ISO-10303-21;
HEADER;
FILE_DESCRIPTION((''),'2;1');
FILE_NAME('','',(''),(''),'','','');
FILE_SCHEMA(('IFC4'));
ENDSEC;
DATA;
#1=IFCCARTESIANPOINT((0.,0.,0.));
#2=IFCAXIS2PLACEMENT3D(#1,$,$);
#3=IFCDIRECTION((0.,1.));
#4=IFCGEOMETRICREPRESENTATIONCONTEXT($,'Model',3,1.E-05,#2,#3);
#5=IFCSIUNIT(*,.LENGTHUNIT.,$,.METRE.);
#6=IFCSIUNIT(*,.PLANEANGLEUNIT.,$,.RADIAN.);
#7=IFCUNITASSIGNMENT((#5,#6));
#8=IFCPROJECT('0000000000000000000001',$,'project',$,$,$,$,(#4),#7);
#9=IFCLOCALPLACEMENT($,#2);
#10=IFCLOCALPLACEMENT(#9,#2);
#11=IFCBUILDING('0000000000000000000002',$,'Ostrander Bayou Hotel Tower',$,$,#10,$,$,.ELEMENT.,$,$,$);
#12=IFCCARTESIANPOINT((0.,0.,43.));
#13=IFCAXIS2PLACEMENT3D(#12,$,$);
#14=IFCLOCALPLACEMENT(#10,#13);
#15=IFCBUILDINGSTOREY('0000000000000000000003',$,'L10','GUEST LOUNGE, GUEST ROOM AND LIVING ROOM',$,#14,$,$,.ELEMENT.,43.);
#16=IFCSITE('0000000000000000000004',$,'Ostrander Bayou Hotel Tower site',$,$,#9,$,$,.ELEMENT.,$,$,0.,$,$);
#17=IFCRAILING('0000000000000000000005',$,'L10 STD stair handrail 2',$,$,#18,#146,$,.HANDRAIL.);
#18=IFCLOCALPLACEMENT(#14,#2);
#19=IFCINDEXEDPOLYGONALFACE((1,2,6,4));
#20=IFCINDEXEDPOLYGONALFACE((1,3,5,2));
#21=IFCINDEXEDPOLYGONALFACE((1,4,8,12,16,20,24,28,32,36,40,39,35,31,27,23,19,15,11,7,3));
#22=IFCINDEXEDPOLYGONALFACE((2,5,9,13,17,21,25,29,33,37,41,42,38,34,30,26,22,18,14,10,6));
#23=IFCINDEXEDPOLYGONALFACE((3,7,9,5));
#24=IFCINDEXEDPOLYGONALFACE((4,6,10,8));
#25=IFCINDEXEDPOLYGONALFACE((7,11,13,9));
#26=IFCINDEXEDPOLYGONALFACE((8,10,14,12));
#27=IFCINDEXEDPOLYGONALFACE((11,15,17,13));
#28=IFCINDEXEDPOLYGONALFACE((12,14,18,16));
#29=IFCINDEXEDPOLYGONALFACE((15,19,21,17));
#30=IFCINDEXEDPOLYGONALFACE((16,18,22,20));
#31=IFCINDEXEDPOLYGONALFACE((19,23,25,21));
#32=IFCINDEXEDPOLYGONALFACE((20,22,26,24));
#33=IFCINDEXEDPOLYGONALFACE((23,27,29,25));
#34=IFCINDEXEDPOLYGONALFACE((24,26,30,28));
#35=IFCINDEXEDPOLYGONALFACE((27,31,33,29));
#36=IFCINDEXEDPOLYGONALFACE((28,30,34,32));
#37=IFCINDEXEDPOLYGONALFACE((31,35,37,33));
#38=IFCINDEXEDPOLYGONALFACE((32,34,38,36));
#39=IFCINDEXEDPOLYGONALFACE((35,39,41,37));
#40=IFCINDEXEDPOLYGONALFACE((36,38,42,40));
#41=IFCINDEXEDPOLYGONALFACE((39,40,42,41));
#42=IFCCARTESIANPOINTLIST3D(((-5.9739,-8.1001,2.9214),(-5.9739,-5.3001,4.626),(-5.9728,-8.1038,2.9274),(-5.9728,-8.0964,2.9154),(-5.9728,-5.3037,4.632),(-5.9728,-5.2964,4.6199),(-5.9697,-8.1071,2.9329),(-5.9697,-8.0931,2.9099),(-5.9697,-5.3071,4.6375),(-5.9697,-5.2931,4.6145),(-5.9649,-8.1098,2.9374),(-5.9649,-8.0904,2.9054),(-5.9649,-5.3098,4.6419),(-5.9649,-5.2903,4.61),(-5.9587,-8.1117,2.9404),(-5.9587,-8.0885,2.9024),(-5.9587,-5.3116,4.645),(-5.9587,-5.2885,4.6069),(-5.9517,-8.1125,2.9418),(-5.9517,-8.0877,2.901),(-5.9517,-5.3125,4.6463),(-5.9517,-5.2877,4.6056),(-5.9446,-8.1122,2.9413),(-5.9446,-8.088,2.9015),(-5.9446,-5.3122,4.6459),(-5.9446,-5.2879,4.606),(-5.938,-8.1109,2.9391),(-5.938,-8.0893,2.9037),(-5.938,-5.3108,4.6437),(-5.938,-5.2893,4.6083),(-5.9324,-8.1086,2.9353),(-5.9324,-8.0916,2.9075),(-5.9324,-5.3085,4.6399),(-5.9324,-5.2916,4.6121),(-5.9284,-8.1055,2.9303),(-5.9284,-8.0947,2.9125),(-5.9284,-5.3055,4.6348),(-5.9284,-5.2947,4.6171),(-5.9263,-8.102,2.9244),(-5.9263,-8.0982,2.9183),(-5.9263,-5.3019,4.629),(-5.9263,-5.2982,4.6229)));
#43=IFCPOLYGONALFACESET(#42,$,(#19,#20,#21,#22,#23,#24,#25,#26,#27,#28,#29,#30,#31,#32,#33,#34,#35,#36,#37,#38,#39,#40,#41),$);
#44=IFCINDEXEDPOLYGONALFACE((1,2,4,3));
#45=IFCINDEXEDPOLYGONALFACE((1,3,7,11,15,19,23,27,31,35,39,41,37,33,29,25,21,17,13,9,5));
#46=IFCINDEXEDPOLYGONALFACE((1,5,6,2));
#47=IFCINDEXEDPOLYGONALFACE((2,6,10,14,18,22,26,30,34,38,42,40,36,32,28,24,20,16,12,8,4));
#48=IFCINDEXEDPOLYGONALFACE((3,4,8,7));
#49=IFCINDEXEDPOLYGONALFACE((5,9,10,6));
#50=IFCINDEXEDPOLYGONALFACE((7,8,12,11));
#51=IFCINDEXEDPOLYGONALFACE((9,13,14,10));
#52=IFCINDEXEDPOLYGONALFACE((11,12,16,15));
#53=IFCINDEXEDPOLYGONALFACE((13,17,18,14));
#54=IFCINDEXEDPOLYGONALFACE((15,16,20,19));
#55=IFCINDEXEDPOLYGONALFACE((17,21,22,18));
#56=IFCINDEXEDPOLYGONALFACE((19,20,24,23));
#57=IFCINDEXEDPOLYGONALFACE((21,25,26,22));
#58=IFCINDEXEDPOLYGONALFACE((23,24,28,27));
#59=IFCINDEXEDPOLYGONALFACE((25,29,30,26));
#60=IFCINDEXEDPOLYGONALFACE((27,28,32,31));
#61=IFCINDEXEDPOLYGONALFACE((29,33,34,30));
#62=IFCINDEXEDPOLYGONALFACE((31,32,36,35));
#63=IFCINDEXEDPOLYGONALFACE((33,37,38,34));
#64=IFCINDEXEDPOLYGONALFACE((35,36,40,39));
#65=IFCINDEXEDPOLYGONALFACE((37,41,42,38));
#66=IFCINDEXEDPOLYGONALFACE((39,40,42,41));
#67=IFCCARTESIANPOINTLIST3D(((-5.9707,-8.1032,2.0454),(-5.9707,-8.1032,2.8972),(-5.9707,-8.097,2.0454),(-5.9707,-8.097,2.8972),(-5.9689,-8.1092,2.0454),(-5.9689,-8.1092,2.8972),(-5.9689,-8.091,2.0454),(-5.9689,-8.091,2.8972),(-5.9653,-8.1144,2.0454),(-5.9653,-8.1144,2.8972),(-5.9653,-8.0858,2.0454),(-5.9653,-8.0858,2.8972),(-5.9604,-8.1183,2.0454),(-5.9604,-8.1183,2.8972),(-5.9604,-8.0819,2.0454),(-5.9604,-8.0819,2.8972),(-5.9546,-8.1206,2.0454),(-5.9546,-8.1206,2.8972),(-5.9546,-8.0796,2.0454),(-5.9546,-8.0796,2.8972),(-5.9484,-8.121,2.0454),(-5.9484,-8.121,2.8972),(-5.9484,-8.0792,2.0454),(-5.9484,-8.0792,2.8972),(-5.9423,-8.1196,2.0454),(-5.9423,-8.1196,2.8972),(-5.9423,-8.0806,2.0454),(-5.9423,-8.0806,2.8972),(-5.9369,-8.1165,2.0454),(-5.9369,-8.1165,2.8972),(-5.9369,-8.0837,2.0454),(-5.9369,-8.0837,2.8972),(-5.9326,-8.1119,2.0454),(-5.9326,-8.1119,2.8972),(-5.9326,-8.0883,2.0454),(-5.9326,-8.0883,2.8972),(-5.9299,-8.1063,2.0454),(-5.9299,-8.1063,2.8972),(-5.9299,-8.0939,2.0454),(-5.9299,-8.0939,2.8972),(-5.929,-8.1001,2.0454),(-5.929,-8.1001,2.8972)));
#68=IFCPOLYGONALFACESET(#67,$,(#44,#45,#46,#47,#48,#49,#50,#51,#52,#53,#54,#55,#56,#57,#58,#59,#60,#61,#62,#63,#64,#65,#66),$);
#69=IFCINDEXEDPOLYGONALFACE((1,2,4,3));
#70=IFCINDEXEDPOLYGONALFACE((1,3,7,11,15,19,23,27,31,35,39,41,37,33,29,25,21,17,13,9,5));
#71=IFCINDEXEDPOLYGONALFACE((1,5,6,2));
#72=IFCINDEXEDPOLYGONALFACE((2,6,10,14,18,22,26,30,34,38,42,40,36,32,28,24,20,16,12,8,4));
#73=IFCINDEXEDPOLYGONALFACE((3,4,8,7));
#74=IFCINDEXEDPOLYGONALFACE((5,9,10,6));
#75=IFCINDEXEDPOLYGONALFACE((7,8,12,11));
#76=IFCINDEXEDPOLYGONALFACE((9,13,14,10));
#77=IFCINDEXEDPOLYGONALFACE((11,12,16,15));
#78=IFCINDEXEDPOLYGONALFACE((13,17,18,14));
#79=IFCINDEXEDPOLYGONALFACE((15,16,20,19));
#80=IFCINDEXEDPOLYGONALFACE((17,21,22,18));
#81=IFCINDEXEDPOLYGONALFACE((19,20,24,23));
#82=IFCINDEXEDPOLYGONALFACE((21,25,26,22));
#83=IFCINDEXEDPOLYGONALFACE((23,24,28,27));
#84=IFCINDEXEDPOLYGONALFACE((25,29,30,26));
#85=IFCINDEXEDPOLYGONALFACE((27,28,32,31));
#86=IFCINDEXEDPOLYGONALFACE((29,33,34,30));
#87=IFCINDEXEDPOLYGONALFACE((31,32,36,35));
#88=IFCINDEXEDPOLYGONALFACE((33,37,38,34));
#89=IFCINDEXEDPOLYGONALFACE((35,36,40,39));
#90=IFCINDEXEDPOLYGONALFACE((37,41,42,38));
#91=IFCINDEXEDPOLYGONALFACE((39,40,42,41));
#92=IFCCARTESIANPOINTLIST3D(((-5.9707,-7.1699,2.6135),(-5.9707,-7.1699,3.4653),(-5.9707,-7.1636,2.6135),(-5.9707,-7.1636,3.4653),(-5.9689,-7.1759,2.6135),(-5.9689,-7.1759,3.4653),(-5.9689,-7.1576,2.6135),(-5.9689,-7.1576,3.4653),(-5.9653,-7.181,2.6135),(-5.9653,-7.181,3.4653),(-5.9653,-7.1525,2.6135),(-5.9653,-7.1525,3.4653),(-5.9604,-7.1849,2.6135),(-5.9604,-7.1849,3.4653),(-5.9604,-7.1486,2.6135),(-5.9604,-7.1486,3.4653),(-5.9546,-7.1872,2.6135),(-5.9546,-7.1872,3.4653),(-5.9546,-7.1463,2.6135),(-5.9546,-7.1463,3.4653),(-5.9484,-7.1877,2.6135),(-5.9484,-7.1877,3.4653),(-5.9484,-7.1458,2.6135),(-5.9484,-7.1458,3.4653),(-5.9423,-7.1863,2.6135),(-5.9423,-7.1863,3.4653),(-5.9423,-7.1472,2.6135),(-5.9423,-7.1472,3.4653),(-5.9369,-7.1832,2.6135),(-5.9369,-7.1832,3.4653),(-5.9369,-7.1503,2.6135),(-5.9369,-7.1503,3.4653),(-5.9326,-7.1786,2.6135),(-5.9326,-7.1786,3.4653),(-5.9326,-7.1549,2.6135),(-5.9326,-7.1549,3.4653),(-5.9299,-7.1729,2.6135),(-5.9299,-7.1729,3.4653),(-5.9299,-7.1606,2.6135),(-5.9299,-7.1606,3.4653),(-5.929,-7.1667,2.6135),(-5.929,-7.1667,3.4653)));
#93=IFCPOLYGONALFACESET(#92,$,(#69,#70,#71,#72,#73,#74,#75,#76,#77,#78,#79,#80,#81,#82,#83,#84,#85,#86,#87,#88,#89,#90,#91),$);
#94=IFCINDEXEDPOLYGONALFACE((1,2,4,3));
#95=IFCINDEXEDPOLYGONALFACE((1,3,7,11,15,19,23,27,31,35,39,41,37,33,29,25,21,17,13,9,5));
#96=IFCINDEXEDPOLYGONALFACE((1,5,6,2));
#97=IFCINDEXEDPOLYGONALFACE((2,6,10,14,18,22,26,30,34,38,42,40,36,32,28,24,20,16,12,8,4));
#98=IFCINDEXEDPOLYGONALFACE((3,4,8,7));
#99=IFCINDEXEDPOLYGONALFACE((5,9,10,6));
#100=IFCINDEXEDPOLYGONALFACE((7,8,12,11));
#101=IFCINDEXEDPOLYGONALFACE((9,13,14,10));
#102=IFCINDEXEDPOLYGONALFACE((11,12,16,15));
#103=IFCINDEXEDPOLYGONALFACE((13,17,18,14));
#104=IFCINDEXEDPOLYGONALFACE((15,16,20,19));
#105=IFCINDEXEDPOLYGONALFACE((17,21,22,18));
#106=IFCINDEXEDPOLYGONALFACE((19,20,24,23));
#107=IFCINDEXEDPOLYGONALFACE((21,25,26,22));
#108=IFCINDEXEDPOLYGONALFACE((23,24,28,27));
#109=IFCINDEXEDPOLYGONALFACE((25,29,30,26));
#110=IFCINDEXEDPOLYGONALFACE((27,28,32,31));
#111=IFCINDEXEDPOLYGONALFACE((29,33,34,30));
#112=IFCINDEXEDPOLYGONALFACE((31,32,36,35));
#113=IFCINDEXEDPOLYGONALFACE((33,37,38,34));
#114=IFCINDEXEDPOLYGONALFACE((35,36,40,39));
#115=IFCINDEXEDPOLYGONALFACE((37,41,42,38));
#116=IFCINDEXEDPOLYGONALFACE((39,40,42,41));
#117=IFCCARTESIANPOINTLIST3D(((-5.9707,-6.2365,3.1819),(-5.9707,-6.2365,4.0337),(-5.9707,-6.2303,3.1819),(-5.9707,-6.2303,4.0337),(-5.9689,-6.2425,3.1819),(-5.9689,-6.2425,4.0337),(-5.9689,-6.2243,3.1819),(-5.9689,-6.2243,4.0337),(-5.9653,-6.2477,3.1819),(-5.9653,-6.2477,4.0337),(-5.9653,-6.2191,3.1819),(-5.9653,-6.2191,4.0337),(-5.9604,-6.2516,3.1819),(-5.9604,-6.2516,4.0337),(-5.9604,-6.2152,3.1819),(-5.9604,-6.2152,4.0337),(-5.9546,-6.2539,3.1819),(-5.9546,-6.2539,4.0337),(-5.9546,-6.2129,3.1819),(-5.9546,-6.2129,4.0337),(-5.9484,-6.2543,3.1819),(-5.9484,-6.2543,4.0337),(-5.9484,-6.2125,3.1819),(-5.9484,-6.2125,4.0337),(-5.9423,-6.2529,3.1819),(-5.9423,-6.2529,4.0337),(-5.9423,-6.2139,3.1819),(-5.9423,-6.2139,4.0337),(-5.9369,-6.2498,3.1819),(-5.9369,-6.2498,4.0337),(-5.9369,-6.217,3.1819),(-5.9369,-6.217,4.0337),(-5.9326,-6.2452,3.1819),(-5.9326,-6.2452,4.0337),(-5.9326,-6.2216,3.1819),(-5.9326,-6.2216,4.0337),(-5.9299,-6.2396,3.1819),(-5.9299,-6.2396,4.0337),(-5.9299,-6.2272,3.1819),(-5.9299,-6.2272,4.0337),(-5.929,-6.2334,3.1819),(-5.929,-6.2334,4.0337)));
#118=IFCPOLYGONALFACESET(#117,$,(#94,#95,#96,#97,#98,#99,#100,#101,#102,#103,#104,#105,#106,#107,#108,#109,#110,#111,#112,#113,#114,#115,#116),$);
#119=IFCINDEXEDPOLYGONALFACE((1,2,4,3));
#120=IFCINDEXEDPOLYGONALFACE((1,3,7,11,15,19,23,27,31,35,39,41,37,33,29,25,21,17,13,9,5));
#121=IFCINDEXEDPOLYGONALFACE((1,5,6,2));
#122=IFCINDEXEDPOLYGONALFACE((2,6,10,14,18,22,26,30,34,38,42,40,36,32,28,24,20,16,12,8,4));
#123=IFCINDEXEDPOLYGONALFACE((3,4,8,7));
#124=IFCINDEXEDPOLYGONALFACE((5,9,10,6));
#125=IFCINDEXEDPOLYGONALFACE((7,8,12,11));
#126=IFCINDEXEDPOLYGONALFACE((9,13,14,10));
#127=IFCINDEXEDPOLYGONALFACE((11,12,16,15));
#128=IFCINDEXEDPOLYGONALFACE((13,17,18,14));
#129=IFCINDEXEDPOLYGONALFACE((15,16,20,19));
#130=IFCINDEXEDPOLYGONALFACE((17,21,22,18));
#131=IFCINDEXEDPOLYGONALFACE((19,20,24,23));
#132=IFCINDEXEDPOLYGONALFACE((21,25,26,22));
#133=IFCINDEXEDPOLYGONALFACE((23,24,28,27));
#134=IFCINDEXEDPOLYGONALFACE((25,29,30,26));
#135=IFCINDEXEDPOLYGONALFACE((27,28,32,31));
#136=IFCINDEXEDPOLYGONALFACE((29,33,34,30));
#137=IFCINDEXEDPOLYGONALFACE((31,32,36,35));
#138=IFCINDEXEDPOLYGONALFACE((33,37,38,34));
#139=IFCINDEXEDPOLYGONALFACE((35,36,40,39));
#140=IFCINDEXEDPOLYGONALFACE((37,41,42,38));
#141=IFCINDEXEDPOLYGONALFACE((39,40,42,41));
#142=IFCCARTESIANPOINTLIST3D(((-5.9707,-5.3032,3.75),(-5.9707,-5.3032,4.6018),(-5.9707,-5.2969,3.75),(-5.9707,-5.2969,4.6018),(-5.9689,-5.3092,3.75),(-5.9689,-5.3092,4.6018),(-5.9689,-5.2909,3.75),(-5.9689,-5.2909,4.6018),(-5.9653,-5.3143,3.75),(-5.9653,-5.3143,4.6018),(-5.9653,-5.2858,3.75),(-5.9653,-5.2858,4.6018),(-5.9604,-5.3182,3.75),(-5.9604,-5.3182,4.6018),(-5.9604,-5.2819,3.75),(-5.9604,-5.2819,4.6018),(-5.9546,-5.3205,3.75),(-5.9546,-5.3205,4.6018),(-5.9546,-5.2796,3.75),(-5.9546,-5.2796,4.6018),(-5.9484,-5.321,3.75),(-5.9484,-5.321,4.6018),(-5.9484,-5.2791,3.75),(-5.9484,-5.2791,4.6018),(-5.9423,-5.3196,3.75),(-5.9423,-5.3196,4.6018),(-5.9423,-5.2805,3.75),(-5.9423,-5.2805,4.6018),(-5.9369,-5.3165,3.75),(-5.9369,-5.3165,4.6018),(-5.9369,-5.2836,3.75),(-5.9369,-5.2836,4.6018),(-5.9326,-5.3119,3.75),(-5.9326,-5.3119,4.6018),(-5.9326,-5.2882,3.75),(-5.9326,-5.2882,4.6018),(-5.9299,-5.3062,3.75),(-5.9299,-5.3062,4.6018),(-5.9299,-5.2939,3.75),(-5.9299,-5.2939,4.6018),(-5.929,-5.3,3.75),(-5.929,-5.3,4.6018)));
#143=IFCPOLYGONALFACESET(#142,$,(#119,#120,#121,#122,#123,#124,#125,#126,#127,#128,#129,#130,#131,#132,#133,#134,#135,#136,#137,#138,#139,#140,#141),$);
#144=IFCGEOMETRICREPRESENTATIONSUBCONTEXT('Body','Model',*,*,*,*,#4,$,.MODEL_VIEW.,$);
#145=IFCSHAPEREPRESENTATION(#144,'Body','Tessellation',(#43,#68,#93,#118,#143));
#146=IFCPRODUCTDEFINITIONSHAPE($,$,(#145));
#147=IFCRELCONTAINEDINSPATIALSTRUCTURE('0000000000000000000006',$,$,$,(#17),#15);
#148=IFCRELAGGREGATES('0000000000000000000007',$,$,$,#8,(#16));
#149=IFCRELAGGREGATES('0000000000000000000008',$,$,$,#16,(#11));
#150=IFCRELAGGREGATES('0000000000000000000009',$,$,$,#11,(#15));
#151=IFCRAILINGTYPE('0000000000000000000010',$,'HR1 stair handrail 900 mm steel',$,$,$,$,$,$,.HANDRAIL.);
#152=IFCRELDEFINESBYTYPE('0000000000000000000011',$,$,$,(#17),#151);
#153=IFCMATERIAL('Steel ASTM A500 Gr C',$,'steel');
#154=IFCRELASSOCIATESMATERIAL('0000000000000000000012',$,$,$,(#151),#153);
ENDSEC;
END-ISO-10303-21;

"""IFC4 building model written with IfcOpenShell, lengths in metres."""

from ifc_helpers import new_model, si_unit, direction, frame, origin, origin_2d, place, context, subcontext, project, spatial, circle, extrude, material, type_object, element, save


model = new_model("IFC4")

# Units and contexts
model_context = context("Model", 3, precision=1e-05, world=origin(), true_north=direction((0.0, 1.0)))
body_context = subcontext(model_context, "Body", "Model", "MODEL_VIEW")
ifc_project = project(units=[si_unit("LENGTHUNIT", "METRE"), si_unit("PLANEANGLEUNIT", "RADIAN")], contexts=[model_context])

# Site, building, storey
site_placement = place(None, origin())
site = spatial("IfcSite", under=ifc_project, at=site_placement, Name="Ostrander Bayou Hotel Tower site", CompositionType="ELEMENT", RefElevation=0.0)
building_placement = place(site_placement, origin())
building = spatial("IfcBuilding", under=site, at=building_placement, Name="Ostrander Bayou Hotel Tower", CompositionType="ELEMENT")
storey_placement = place(building_placement, frame((0.0, 0.0, 43.0)))
storey = spatial("IfcBuildingStorey", under=building, at=storey_placement, Name="L10", Description="GUEST LOUNGE, GUEST ROOM AND LIVING ROOM", CompositionType="ELEMENT", Elevation=43.0)

# Railing
ifc_material_1 = material(Name="Steel ASTM A500 Gr C", Category="steel")
railing_type_1 = type_object("IfcRailingType", Name="HR1 stair handrail 900 mm steel", PredefinedType="HANDRAIL", material=ifc_material_1)
railing_1_placement = place(storey_placement, frame((-5.95, -8.1001, 2.0454)))
element("IfcRailing", 1, at=railing_1_placement, inside=storey, type_object=railing_type_1, Name="L10 STD stair handrail 2", PredefinedType="HANDRAIL", context=body_context, shape_type="SweptSolid", body=[
    extrude(circle(Radius=0.0239, at=origin_2d()), frame((0.0, 0.0, 0.876), z_axis=(0.0, 0.85417, 0.519994), x_axis=(-1.0, 0.0, 0.0)), (0.0, 0.0, 1.0), 3.2781),
    extrude(circle(Radius=0.021, at=origin_2d()), origin(), (0.0, 0.0, 1.0), 0.8518),
    extrude(circle(Radius=0.021, at=origin_2d()), frame((0.0, 0.9333, 0.5681)), (0.0, 0.0, 1.0), 0.8518),
    extrude(circle(Radius=0.021, at=origin_2d()), frame((0.0, 1.8667, 1.1365)), (0.0, 0.0, 1.0), 0.8518),
    extrude(circle(Radius=0.021, at=origin_2d()), frame((0.0, 2.8, 1.7046)), (0.0, 0.0, 1.0), 0.8518),
])

save(model, "model.ifc")
